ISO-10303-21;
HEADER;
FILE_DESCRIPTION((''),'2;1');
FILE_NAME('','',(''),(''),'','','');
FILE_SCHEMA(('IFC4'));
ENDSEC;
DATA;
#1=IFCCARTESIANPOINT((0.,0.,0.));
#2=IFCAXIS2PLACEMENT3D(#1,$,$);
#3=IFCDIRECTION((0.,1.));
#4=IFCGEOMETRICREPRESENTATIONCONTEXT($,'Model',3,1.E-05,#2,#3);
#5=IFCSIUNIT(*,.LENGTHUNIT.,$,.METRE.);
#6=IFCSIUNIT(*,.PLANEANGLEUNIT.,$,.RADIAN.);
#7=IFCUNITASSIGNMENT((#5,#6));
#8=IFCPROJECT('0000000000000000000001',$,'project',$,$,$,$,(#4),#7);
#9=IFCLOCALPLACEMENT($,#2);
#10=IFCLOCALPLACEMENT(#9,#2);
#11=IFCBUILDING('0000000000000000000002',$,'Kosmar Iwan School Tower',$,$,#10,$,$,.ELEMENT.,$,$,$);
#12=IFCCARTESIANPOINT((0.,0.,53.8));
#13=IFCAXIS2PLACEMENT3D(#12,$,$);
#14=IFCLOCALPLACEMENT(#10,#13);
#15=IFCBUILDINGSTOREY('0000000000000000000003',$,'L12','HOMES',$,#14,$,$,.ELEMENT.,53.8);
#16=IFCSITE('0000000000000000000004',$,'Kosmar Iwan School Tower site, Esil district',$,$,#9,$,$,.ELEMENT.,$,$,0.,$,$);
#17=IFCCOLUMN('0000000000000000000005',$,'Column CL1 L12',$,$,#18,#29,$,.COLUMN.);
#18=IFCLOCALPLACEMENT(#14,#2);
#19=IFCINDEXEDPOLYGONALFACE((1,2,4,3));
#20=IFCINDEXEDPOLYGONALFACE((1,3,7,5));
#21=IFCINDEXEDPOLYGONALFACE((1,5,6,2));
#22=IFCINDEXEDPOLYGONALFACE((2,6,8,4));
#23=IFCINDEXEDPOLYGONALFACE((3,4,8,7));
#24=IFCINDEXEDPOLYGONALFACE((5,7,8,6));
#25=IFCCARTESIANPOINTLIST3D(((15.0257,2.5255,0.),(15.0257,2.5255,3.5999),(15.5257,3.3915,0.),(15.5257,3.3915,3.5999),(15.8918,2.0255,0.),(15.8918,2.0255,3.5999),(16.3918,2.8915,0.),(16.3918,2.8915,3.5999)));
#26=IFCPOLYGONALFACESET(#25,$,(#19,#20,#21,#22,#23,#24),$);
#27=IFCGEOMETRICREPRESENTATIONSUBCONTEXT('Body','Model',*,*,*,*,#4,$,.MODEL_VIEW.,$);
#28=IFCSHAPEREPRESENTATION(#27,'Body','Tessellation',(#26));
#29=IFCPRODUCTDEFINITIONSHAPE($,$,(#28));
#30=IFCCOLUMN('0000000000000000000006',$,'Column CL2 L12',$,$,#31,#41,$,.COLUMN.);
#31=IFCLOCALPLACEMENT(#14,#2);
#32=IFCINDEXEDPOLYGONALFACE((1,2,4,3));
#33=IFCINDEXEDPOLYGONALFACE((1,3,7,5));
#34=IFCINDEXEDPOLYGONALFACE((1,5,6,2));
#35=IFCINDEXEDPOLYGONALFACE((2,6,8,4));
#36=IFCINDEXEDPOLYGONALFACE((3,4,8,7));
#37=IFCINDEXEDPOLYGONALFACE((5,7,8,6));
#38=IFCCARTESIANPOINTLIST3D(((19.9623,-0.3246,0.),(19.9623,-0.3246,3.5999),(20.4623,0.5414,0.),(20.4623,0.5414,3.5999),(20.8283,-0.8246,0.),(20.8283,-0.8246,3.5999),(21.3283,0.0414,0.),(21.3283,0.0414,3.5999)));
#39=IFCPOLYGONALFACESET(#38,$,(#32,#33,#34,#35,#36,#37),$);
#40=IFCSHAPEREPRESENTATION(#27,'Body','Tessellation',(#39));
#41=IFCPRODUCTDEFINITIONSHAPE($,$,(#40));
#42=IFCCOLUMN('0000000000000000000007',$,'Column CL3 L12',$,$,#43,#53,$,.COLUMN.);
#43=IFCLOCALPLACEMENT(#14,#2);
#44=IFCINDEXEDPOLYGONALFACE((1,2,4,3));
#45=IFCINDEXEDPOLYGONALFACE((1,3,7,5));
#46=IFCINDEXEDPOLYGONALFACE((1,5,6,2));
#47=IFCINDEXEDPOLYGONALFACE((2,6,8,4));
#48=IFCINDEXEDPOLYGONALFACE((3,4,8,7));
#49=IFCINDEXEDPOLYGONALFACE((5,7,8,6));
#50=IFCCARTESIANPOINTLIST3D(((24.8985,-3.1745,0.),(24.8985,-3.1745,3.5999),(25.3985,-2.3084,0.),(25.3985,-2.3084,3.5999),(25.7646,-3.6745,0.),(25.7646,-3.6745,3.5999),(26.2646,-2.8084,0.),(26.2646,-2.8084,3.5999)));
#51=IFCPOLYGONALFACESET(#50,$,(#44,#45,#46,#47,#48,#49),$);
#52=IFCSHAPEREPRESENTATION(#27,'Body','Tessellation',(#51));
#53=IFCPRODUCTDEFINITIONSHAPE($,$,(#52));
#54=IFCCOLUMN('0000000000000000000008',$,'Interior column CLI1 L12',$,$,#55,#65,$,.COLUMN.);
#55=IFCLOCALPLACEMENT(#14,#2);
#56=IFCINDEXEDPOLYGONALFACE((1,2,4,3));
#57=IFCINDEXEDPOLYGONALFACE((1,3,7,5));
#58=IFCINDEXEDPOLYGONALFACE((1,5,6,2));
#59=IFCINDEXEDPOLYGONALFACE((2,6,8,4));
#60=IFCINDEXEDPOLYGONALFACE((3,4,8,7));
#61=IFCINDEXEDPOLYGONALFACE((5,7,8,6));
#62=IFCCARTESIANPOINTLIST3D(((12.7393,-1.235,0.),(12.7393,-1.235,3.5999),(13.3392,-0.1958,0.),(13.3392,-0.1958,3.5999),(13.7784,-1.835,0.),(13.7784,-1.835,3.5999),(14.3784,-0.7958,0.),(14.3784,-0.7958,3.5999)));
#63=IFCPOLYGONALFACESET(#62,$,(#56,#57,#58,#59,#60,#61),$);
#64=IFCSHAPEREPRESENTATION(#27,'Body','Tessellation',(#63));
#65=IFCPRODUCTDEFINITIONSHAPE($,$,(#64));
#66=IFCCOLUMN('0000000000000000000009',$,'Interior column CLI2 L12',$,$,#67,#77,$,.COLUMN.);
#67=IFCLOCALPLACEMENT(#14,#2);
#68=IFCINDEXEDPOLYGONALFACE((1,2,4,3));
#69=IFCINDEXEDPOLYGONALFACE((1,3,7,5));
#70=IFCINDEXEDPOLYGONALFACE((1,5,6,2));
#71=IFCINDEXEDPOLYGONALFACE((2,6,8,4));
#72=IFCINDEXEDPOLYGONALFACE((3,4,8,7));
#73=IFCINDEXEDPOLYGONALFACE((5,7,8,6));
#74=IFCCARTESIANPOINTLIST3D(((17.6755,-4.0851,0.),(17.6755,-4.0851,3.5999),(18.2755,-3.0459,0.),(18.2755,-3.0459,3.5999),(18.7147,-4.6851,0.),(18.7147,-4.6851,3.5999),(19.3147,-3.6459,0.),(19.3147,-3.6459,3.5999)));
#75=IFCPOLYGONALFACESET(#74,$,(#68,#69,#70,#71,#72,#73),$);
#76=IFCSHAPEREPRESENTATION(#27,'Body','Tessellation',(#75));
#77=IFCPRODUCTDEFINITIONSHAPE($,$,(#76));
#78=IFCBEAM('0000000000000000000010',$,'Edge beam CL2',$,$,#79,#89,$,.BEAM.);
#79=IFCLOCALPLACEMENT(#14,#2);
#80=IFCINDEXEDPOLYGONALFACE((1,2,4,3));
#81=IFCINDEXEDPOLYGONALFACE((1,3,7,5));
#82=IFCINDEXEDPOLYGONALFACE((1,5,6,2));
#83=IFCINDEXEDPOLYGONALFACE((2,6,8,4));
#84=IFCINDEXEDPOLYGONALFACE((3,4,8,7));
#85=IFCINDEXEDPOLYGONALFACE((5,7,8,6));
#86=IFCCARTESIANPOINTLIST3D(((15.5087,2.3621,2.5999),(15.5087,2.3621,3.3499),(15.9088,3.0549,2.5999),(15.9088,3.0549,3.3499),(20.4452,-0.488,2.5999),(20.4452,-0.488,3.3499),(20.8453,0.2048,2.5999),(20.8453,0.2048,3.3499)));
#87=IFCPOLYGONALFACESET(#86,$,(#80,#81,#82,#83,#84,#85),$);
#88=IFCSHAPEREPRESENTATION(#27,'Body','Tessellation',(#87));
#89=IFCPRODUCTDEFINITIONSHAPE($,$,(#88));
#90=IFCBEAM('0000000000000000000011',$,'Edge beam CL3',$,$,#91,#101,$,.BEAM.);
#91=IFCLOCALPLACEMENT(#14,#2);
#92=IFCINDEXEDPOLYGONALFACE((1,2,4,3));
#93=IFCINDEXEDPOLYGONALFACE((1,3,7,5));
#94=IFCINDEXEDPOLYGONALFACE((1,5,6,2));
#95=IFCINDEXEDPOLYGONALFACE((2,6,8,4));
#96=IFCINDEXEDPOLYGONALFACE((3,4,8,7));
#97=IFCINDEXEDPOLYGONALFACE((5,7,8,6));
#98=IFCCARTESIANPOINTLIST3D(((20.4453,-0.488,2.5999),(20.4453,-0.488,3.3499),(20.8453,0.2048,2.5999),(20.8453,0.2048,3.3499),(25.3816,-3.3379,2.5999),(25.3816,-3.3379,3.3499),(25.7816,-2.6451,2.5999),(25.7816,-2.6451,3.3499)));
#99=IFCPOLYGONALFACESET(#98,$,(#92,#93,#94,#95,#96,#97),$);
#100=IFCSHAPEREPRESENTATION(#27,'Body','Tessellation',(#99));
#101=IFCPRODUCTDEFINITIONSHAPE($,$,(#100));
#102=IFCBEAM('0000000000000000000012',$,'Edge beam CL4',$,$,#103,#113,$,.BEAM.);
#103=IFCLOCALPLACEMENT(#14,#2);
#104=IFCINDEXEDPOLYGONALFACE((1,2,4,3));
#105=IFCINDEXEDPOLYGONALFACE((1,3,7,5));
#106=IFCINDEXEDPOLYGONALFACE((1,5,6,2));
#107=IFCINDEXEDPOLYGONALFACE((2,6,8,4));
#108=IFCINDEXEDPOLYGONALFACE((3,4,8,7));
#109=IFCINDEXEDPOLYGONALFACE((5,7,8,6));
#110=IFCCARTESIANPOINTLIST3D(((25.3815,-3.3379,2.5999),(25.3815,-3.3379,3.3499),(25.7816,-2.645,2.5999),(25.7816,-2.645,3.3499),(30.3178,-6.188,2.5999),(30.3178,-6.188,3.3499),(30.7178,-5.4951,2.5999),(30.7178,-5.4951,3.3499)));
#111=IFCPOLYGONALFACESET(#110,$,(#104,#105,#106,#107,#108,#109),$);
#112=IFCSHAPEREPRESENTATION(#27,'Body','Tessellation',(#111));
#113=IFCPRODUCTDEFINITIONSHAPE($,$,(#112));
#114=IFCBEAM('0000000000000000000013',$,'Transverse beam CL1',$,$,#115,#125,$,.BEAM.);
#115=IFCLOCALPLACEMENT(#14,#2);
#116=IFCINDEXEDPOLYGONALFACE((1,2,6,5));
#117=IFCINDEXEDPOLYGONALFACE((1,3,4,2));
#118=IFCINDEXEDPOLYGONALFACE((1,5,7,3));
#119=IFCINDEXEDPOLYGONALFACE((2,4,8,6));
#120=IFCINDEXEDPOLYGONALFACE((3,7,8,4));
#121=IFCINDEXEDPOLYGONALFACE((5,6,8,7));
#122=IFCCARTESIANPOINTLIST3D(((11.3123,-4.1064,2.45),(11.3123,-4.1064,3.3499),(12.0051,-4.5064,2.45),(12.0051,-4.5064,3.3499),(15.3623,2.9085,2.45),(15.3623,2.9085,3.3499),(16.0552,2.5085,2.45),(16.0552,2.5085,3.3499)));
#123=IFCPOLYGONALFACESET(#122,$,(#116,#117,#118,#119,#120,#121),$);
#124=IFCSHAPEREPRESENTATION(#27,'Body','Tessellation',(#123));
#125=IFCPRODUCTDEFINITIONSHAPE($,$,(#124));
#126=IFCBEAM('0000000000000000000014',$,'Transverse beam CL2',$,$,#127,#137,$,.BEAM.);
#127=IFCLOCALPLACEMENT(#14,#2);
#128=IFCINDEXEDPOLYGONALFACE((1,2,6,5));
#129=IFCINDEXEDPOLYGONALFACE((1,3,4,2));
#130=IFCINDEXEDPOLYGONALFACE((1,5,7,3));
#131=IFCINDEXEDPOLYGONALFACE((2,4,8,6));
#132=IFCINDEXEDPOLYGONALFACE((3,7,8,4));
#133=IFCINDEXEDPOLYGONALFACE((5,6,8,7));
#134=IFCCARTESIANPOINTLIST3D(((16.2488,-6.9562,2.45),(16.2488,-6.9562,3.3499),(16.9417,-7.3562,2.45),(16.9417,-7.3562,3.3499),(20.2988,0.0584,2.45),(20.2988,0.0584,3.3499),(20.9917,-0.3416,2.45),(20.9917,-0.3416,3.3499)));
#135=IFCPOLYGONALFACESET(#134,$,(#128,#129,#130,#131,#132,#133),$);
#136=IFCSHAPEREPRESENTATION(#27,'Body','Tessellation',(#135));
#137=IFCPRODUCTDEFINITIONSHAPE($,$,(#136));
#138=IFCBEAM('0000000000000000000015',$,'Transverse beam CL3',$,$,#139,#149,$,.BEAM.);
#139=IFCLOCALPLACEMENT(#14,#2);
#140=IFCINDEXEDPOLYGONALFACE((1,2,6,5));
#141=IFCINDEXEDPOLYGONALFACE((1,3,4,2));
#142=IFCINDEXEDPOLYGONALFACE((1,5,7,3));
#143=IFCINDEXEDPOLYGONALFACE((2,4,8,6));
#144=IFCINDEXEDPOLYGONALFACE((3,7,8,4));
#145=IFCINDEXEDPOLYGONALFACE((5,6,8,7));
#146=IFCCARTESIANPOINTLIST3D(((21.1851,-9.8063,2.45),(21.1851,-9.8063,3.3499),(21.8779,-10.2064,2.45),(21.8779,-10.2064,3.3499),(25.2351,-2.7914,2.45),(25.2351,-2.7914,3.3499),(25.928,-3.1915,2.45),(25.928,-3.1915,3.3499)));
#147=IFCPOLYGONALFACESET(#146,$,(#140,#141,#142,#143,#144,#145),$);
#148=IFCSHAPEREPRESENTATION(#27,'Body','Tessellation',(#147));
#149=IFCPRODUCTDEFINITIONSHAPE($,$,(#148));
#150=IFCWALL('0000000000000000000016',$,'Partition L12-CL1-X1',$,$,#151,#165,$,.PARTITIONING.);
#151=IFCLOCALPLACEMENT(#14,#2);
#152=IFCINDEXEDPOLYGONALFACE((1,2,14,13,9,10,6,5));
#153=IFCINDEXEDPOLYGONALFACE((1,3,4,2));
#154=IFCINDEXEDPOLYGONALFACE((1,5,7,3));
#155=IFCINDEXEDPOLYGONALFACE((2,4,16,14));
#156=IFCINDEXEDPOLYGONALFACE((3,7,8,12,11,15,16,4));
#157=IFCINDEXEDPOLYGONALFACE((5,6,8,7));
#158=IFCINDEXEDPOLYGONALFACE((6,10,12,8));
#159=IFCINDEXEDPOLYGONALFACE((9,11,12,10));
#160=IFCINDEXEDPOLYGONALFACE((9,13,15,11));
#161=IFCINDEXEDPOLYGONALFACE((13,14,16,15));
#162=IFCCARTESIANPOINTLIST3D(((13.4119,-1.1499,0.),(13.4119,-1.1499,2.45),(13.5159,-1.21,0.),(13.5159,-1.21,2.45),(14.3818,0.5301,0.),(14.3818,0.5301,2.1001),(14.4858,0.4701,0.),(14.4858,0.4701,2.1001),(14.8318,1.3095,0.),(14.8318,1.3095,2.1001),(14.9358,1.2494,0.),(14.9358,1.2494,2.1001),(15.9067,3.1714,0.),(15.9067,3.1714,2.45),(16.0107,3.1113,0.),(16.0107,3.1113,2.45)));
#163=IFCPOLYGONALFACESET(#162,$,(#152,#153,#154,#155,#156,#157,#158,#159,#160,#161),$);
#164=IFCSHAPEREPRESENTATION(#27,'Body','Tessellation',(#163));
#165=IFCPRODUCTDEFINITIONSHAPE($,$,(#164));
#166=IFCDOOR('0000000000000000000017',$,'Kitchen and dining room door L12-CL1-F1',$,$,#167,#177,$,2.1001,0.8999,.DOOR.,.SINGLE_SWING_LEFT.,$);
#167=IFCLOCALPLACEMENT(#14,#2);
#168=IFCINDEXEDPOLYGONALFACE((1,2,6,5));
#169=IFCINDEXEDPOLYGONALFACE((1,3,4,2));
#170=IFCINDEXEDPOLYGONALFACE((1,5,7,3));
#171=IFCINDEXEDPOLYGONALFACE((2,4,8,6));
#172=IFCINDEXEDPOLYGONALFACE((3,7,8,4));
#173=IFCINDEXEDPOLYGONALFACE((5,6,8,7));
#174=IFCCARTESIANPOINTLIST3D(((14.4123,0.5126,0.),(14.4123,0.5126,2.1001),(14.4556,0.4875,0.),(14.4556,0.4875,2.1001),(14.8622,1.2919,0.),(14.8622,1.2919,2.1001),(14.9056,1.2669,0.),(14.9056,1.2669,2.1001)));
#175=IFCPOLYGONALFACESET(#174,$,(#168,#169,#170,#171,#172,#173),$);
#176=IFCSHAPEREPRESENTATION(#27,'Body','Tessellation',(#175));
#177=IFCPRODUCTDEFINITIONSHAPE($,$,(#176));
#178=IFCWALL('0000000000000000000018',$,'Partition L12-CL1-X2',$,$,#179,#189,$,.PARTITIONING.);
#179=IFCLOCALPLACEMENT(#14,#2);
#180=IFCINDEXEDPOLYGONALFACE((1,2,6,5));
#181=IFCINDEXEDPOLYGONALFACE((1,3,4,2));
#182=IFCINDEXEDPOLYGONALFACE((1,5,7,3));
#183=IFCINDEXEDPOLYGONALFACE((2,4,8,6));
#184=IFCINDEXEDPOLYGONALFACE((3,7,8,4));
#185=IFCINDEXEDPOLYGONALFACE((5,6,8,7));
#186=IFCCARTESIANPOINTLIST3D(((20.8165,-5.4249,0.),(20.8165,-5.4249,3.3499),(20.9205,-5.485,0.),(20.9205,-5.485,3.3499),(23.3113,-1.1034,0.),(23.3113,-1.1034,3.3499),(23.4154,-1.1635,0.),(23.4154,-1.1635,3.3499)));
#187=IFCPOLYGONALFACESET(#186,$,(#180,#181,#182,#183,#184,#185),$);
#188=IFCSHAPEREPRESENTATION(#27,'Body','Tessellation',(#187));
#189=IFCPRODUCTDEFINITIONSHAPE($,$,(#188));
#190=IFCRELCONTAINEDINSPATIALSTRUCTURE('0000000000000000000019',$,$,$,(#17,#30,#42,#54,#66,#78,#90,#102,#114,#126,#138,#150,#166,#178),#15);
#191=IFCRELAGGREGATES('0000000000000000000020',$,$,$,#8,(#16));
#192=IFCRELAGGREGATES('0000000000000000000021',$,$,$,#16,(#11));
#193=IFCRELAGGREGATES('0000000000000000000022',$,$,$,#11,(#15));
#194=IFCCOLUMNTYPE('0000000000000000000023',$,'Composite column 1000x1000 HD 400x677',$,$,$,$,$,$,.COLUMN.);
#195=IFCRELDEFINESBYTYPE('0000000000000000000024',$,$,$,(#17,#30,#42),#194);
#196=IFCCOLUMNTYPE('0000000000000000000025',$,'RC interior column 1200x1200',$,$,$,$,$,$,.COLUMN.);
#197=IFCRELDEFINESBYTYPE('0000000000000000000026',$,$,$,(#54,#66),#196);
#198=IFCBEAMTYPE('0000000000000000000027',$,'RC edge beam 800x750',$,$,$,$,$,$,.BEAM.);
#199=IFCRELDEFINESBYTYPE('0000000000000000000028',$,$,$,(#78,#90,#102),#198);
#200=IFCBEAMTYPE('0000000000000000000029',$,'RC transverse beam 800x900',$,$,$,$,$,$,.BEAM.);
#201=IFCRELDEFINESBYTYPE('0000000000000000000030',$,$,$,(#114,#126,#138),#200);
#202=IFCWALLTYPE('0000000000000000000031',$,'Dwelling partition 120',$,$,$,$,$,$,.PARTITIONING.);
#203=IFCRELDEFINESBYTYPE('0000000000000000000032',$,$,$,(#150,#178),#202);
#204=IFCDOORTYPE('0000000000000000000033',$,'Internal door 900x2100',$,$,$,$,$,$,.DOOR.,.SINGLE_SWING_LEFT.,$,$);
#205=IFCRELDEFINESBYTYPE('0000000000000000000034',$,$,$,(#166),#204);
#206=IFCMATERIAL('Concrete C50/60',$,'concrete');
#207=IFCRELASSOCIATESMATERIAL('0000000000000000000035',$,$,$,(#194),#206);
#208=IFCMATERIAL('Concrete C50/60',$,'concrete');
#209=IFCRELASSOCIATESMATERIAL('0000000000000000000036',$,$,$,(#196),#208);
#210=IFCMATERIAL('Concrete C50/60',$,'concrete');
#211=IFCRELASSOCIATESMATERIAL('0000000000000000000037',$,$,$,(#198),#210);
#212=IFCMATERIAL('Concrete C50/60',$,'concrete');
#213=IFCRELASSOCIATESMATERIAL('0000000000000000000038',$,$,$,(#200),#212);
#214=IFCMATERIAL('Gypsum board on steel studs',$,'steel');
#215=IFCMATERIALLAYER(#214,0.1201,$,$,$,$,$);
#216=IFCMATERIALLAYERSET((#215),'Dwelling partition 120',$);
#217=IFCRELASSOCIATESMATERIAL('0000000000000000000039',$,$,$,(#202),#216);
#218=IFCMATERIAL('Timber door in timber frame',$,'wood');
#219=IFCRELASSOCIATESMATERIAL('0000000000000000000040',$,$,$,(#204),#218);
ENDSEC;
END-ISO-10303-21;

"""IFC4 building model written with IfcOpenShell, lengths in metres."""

from ifc_helpers import new_model, si_unit, direction, frame, frame_2d, origin, origin_2d, place, context, subcontext, project, spatial, rectangle, extrude, material, layer, layer_set, material_profile, profile_set, type_object, element, fill, save


model = new_model("IFC4")

# Units and contexts
model_context = context("Model", 3, precision=1e-05, world=origin(), true_north=direction((0.0, 1.0)))
body_context = subcontext(model_context, "Body", "Model", "MODEL_VIEW")
ifc_project = project(units=[si_unit("LENGTHUNIT", "METRE"), si_unit("PLANEANGLEUNIT", "RADIAN")], contexts=[model_context])

# Site, building, storey
site_placement = place(None, origin())
site = spatial("IfcSite", under=ifc_project, at=site_placement, Name="Kosmar Iwan School Tower site, Esil district", CompositionType="ELEMENT", RefElevation=0.0)
building_placement = place(site_placement, origin())
building = spatial("IfcBuilding", under=site, at=building_placement, Name="Kosmar Iwan School Tower", CompositionType="ELEMENT")
storey_placement = place(building_placement, frame((0.0, 0.0, 53.8)))
storey = spatial("IfcBuildingStorey", under=building, at=storey_placement, Name="L12", Description="HOMES", CompositionType="ELEMENT", Elevation=53.8)

# Columns
ifc_material_1 = material(Name="Concrete C50/60", Category="concrete")
ifc_material_profile_1 = material_profile(ifc_material_1, rectangle(XDim=1.0, YDim=1.0, at=origin_2d()), Name="RC 1000x1000 + HD 400x677")
ifc_profile_set_1 = profile_set([ifc_material_profile_1], Name="Concrete C50/60")
column_type_1 = type_object("IfcColumnType", Name="Composite column 1000x1000 HD 400x677", PredefinedType="COLUMN", material=ifc_profile_set_1)
for number, where, z_axis, x_axis, name in (
    (1, (15.7087, 2.7085, 0.0), (0.0, 0.0, 1.0), (0.866025, -0.5, 0.0), "Column CL1 L12"),
    (2, (20.6453, -0.1416, 0.0), (0.0, 0.0, 1.0), (0.866025, -0.5, 0.0), "Column CL2 L12"),
    (3, (25.5815, -2.9915, 0.0), (0.0, 0.0, 1.0), (0.866025, -0.5, 0.0), "Column CL3 L12"),
):
    element("IfcColumn", number, at=place(storey_placement, frame(where, z_axis=z_axis, x_axis=x_axis)), inside=storey, type_object=column_type_1, Name=name, PredefinedType="COLUMN", context=body_context, shape_type="SweptSolid", body=[
        extrude(rectangle(XDim=1.0, YDim=1.0, at=origin_2d()), origin(), (0.0, 0.0, 1.0), 3.5999),
    ])
ifc_material_2 = material(Name="Concrete C50/60", Category="concrete")
ifc_material_profile_2 = material_profile(ifc_material_2, rectangle(XDim=1.2, YDim=1.2, at=origin_2d()), Name="RC 1200x1200")
ifc_profile_set_2 = profile_set([ifc_material_profile_2], Name="Concrete C50/60")
column_type_2 = type_object("IfcColumnType", Name="RC interior column 1200x1200", PredefinedType="COLUMN", material=ifc_profile_set_2)
for number, where, z_axis, x_axis, name in (
    (4, (13.5588, -1.0154, 0.0), (0.0, 0.0, 1.0), (0.866025, -0.5, 0.0), "Interior column CLI1 L12"),
    (5, (18.4951, -3.8655, 0.0), (0.0, 0.0, 1.0), (0.866025, -0.5, 0.0), "Interior column CLI2 L12"),
):
    element("IfcColumn", number, at=place(storey_placement, frame(where, z_axis=z_axis, x_axis=x_axis)), inside=storey, type_object=column_type_2, Name=name, PredefinedType="COLUMN", context=body_context, shape_type="SweptSolid", body=[
        extrude(rectangle(XDim=1.2, YDim=1.2, at=origin_2d()), origin(), (0.0, 0.0, 1.0), 3.5999),
    ])

# Beams
ifc_material_3 = material(Name="Concrete C50/60", Category="concrete")
ifc_material_profile_3 = material_profile(ifc_material_3, rectangle(XDim=0.8, YDim=0.75, at=origin_2d()), Name="RC 800x750")
ifc_profile_set_3 = profile_set([ifc_material_profile_3], Name="Concrete C50/60")
beam_type_1 = type_object("IfcBeamType", Name="RC edge beam 800x750", PredefinedType="BEAM", material=ifc_profile_set_3)
beam_1_placement = place(storey_placement, frame((15.7087, 2.7085, 2.9749), z_axis=(0.866026, -0.499999, 0.0), x_axis=(0.499999, 0.866026, 0.0)))
element("IfcBeam", 6, at=beam_1_placement, inside=storey, type_object=beam_type_1, Name="Edge beam CL2", PredefinedType="BEAM", context=body_context, shape_type="SweptSolid", body=[
    extrude(rectangle(XDim=0.8, YDim=0.75, at=origin_2d()), origin(), (0.0, 0.0, 1.0), 5.7002),
])
for number, where, z_axis, x_axis, name in (
    (7, (20.6453, -0.1416, 2.9749), (0.866034, -0.499986, 0.0), (0.499986, 0.866034, 0.0), "Edge beam CL3"),
    (8, (25.5815, -2.9915, 2.9749), (0.866015, -0.500018, 0.0), (0.500018, 0.866015, 0.0), "Edge beam CL4"),
):
    element("IfcBeam", number, at=place(storey_placement, frame(where, z_axis=z_axis, x_axis=x_axis)), inside=storey, type_object=beam_type_1, Name=name, PredefinedType="BEAM", context=body_context, shape_type="SweptSolid", body=[
        extrude(rectangle(XDim=0.8, YDim=0.75, at=origin_2d()), origin(), (0.0, 0.0, 1.0), 5.7),
    ])
ifc_material_4 = material(Name="Concrete C50/60", Category="concrete")
ifc_material_profile_4 = material_profile(ifc_material_4, rectangle(XDim=0.8, YDim=0.8999, at=origin_2d()), Name="RC 800x900")
ifc_profile_set_4 = profile_set([ifc_material_profile_4], Name="Concrete C50/60")
beam_type_2 = type_object("IfcBeamType", Name="RC transverse beam 800x900", PredefinedType="BEAM", material=ifc_profile_set_4)
beam_2_placement = place(storey_placement, frame((15.7087, 2.7085, 2.8999), z_axis=(-0.5, -0.866025, 0.0), x_axis=(0.866025, -0.5, 0.0)))
element("IfcBeam", 9, at=beam_2_placement, inside=storey, type_object=beam_type_2, Name="Transverse beam CL1", PredefinedType="BEAM", context=body_context, shape_type="SweptSolid", body=[
    extrude(rectangle(XDim=0.8, YDim=0.8999, at=origin_2d()), origin(), (0.0, 0.0, 1.0), 8.1001),
])
beam_3_placement = place(storey_placement, frame((20.6453, -0.1416, 2.8999), z_axis=(-0.500013, -0.866018, 0.0), x_axis=(0.866018, -0.500013, 0.0)))
element("IfcBeam", 10, at=beam_3_placement, inside=storey, type_object=beam_type_2, Name="Transverse beam CL2", PredefinedType="BEAM", context=body_context, shape_type="SweptSolid", body=[
    extrude(rectangle(XDim=0.8, YDim=0.8999, at=origin_2d()), origin(), (0.0, 0.0, 1.0), 8.0999),
])
beam_4_placement = place(storey_placement, frame((25.5815, -2.9915, 2.8999), z_axis=(-0.5, -0.866025, 0.0), x_axis=(0.866025, -0.5, 0.0)))
element("IfcBeam", 11, at=beam_4_placement, inside=storey, type_object=beam_type_2, Name="Transverse beam CL3", PredefinedType="BEAM", context=body_context, shape_type="SweptSolid", body=[
    extrude(rectangle(XDim=0.8, YDim=0.8999, at=origin_2d()), origin(), (0.0, 0.0, 1.0), 8.1001),
])

# Wall, opening, door
ifc_material_5 = material(Name="Gypsum board on steel studs", Category="steel")
ifc_layer_1 = layer(ifc_material_5, 0.1201)
ifc_layer_set_1 = layer_set([ifc_layer_1], Name="Dwelling partition 120")
wall_type_1 = type_object("IfcWallType", Name="Dwelling partition 120", PredefinedType="PARTITIONING", material=ifc_layer_set_1)
wall_1_placement = place(storey_placement, frame((13.4639, -1.1799, 0.0), z_axis=(0.0, 0.0, 1.0), x_axis=(0.499996, 0.866028, 0.0)))
wall_1 = element("IfcWall", 12, at=wall_1_placement, inside=storey, type_object=wall_type_1, Name="Partition L12-CL1-X1", PredefinedType="PARTITIONING", context=body_context, shape_type="SweptSolid", body=[
    extrude(rectangle(XDim=4.9897, YDim=0.1201, at=frame_2d((2.4949, 0.0))), origin(), (0.0, 0.0, 1.0), 2.45),
])
opening_placement = place(wall_1_placement, frame((1.9399, 0.0, 0.0)))
opening = element("IfcOpeningElement", 13, at=opening_placement, cuts=wall_1, PredefinedType="OPENING", context=body_context, shape_type="SweptSolid", body=[
    extrude(rectangle(XDim=0.8999, YDim=2.1001, at=frame_2d((0.45, 1.05))), frame((0.0, 0.072, 0.0), z_axis=(0.0, -1.0, 0.0), x_axis=(1.0, 0.0, 0.0)), (0.0, 0.0, 1.0), 0.144),
])
ifc_material_6 = material(Name="Timber door in timber frame", Category="wood")
door_type = type_object("IfcDoorType", Name="Internal door 900x2100", OperationType="SINGLE_SWING_LEFT", PredefinedType="DOOR", material=ifc_material_6)
door_placement = place(opening_placement, origin())
door = element("IfcDoor", 14, at=door_placement, inside=storey, type_object=door_type, Name="Kitchen and dining room door L12-CL1-F1", OperationType="SINGLE_SWING_LEFT", OverallHeight=2.1001, OverallWidth=0.8999, PredefinedType="DOOR", context=body_context, shape_type="SweptSolid", body=[
    extrude(rectangle(XDim=0.8999, YDim=2.1001, at=frame_2d((0.45, 1.05))), frame((0.0, 0.0249, 0.0), z_axis=(0.0, -1.0, 0.0), x_axis=(1.0, 0.0, 0.0)), (0.0, 0.0, 1.0), 0.05),
])
fill(opening, door)

# Wall
wall_2_placement = place(storey_placement, frame((20.8684, -5.4551, 0.0), z_axis=(0.0, 0.0, 1.0), x_axis=(0.499975, 0.86604, 0.0)))
element("IfcWall", 15, at=wall_2_placement, inside=storey, type_object=wall_type_1, Name="Partition L12-CL1-X2", PredefinedType="PARTITIONING", context=body_context, shape_type="SweptSolid", body=[
    extrude(rectangle(XDim=4.99, YDim=0.1201, at=frame_2d((2.4951, 0.0))), origin(), (0.0, 0.0, 1.0), 3.3499),
])

save(model, "model.ifc")
